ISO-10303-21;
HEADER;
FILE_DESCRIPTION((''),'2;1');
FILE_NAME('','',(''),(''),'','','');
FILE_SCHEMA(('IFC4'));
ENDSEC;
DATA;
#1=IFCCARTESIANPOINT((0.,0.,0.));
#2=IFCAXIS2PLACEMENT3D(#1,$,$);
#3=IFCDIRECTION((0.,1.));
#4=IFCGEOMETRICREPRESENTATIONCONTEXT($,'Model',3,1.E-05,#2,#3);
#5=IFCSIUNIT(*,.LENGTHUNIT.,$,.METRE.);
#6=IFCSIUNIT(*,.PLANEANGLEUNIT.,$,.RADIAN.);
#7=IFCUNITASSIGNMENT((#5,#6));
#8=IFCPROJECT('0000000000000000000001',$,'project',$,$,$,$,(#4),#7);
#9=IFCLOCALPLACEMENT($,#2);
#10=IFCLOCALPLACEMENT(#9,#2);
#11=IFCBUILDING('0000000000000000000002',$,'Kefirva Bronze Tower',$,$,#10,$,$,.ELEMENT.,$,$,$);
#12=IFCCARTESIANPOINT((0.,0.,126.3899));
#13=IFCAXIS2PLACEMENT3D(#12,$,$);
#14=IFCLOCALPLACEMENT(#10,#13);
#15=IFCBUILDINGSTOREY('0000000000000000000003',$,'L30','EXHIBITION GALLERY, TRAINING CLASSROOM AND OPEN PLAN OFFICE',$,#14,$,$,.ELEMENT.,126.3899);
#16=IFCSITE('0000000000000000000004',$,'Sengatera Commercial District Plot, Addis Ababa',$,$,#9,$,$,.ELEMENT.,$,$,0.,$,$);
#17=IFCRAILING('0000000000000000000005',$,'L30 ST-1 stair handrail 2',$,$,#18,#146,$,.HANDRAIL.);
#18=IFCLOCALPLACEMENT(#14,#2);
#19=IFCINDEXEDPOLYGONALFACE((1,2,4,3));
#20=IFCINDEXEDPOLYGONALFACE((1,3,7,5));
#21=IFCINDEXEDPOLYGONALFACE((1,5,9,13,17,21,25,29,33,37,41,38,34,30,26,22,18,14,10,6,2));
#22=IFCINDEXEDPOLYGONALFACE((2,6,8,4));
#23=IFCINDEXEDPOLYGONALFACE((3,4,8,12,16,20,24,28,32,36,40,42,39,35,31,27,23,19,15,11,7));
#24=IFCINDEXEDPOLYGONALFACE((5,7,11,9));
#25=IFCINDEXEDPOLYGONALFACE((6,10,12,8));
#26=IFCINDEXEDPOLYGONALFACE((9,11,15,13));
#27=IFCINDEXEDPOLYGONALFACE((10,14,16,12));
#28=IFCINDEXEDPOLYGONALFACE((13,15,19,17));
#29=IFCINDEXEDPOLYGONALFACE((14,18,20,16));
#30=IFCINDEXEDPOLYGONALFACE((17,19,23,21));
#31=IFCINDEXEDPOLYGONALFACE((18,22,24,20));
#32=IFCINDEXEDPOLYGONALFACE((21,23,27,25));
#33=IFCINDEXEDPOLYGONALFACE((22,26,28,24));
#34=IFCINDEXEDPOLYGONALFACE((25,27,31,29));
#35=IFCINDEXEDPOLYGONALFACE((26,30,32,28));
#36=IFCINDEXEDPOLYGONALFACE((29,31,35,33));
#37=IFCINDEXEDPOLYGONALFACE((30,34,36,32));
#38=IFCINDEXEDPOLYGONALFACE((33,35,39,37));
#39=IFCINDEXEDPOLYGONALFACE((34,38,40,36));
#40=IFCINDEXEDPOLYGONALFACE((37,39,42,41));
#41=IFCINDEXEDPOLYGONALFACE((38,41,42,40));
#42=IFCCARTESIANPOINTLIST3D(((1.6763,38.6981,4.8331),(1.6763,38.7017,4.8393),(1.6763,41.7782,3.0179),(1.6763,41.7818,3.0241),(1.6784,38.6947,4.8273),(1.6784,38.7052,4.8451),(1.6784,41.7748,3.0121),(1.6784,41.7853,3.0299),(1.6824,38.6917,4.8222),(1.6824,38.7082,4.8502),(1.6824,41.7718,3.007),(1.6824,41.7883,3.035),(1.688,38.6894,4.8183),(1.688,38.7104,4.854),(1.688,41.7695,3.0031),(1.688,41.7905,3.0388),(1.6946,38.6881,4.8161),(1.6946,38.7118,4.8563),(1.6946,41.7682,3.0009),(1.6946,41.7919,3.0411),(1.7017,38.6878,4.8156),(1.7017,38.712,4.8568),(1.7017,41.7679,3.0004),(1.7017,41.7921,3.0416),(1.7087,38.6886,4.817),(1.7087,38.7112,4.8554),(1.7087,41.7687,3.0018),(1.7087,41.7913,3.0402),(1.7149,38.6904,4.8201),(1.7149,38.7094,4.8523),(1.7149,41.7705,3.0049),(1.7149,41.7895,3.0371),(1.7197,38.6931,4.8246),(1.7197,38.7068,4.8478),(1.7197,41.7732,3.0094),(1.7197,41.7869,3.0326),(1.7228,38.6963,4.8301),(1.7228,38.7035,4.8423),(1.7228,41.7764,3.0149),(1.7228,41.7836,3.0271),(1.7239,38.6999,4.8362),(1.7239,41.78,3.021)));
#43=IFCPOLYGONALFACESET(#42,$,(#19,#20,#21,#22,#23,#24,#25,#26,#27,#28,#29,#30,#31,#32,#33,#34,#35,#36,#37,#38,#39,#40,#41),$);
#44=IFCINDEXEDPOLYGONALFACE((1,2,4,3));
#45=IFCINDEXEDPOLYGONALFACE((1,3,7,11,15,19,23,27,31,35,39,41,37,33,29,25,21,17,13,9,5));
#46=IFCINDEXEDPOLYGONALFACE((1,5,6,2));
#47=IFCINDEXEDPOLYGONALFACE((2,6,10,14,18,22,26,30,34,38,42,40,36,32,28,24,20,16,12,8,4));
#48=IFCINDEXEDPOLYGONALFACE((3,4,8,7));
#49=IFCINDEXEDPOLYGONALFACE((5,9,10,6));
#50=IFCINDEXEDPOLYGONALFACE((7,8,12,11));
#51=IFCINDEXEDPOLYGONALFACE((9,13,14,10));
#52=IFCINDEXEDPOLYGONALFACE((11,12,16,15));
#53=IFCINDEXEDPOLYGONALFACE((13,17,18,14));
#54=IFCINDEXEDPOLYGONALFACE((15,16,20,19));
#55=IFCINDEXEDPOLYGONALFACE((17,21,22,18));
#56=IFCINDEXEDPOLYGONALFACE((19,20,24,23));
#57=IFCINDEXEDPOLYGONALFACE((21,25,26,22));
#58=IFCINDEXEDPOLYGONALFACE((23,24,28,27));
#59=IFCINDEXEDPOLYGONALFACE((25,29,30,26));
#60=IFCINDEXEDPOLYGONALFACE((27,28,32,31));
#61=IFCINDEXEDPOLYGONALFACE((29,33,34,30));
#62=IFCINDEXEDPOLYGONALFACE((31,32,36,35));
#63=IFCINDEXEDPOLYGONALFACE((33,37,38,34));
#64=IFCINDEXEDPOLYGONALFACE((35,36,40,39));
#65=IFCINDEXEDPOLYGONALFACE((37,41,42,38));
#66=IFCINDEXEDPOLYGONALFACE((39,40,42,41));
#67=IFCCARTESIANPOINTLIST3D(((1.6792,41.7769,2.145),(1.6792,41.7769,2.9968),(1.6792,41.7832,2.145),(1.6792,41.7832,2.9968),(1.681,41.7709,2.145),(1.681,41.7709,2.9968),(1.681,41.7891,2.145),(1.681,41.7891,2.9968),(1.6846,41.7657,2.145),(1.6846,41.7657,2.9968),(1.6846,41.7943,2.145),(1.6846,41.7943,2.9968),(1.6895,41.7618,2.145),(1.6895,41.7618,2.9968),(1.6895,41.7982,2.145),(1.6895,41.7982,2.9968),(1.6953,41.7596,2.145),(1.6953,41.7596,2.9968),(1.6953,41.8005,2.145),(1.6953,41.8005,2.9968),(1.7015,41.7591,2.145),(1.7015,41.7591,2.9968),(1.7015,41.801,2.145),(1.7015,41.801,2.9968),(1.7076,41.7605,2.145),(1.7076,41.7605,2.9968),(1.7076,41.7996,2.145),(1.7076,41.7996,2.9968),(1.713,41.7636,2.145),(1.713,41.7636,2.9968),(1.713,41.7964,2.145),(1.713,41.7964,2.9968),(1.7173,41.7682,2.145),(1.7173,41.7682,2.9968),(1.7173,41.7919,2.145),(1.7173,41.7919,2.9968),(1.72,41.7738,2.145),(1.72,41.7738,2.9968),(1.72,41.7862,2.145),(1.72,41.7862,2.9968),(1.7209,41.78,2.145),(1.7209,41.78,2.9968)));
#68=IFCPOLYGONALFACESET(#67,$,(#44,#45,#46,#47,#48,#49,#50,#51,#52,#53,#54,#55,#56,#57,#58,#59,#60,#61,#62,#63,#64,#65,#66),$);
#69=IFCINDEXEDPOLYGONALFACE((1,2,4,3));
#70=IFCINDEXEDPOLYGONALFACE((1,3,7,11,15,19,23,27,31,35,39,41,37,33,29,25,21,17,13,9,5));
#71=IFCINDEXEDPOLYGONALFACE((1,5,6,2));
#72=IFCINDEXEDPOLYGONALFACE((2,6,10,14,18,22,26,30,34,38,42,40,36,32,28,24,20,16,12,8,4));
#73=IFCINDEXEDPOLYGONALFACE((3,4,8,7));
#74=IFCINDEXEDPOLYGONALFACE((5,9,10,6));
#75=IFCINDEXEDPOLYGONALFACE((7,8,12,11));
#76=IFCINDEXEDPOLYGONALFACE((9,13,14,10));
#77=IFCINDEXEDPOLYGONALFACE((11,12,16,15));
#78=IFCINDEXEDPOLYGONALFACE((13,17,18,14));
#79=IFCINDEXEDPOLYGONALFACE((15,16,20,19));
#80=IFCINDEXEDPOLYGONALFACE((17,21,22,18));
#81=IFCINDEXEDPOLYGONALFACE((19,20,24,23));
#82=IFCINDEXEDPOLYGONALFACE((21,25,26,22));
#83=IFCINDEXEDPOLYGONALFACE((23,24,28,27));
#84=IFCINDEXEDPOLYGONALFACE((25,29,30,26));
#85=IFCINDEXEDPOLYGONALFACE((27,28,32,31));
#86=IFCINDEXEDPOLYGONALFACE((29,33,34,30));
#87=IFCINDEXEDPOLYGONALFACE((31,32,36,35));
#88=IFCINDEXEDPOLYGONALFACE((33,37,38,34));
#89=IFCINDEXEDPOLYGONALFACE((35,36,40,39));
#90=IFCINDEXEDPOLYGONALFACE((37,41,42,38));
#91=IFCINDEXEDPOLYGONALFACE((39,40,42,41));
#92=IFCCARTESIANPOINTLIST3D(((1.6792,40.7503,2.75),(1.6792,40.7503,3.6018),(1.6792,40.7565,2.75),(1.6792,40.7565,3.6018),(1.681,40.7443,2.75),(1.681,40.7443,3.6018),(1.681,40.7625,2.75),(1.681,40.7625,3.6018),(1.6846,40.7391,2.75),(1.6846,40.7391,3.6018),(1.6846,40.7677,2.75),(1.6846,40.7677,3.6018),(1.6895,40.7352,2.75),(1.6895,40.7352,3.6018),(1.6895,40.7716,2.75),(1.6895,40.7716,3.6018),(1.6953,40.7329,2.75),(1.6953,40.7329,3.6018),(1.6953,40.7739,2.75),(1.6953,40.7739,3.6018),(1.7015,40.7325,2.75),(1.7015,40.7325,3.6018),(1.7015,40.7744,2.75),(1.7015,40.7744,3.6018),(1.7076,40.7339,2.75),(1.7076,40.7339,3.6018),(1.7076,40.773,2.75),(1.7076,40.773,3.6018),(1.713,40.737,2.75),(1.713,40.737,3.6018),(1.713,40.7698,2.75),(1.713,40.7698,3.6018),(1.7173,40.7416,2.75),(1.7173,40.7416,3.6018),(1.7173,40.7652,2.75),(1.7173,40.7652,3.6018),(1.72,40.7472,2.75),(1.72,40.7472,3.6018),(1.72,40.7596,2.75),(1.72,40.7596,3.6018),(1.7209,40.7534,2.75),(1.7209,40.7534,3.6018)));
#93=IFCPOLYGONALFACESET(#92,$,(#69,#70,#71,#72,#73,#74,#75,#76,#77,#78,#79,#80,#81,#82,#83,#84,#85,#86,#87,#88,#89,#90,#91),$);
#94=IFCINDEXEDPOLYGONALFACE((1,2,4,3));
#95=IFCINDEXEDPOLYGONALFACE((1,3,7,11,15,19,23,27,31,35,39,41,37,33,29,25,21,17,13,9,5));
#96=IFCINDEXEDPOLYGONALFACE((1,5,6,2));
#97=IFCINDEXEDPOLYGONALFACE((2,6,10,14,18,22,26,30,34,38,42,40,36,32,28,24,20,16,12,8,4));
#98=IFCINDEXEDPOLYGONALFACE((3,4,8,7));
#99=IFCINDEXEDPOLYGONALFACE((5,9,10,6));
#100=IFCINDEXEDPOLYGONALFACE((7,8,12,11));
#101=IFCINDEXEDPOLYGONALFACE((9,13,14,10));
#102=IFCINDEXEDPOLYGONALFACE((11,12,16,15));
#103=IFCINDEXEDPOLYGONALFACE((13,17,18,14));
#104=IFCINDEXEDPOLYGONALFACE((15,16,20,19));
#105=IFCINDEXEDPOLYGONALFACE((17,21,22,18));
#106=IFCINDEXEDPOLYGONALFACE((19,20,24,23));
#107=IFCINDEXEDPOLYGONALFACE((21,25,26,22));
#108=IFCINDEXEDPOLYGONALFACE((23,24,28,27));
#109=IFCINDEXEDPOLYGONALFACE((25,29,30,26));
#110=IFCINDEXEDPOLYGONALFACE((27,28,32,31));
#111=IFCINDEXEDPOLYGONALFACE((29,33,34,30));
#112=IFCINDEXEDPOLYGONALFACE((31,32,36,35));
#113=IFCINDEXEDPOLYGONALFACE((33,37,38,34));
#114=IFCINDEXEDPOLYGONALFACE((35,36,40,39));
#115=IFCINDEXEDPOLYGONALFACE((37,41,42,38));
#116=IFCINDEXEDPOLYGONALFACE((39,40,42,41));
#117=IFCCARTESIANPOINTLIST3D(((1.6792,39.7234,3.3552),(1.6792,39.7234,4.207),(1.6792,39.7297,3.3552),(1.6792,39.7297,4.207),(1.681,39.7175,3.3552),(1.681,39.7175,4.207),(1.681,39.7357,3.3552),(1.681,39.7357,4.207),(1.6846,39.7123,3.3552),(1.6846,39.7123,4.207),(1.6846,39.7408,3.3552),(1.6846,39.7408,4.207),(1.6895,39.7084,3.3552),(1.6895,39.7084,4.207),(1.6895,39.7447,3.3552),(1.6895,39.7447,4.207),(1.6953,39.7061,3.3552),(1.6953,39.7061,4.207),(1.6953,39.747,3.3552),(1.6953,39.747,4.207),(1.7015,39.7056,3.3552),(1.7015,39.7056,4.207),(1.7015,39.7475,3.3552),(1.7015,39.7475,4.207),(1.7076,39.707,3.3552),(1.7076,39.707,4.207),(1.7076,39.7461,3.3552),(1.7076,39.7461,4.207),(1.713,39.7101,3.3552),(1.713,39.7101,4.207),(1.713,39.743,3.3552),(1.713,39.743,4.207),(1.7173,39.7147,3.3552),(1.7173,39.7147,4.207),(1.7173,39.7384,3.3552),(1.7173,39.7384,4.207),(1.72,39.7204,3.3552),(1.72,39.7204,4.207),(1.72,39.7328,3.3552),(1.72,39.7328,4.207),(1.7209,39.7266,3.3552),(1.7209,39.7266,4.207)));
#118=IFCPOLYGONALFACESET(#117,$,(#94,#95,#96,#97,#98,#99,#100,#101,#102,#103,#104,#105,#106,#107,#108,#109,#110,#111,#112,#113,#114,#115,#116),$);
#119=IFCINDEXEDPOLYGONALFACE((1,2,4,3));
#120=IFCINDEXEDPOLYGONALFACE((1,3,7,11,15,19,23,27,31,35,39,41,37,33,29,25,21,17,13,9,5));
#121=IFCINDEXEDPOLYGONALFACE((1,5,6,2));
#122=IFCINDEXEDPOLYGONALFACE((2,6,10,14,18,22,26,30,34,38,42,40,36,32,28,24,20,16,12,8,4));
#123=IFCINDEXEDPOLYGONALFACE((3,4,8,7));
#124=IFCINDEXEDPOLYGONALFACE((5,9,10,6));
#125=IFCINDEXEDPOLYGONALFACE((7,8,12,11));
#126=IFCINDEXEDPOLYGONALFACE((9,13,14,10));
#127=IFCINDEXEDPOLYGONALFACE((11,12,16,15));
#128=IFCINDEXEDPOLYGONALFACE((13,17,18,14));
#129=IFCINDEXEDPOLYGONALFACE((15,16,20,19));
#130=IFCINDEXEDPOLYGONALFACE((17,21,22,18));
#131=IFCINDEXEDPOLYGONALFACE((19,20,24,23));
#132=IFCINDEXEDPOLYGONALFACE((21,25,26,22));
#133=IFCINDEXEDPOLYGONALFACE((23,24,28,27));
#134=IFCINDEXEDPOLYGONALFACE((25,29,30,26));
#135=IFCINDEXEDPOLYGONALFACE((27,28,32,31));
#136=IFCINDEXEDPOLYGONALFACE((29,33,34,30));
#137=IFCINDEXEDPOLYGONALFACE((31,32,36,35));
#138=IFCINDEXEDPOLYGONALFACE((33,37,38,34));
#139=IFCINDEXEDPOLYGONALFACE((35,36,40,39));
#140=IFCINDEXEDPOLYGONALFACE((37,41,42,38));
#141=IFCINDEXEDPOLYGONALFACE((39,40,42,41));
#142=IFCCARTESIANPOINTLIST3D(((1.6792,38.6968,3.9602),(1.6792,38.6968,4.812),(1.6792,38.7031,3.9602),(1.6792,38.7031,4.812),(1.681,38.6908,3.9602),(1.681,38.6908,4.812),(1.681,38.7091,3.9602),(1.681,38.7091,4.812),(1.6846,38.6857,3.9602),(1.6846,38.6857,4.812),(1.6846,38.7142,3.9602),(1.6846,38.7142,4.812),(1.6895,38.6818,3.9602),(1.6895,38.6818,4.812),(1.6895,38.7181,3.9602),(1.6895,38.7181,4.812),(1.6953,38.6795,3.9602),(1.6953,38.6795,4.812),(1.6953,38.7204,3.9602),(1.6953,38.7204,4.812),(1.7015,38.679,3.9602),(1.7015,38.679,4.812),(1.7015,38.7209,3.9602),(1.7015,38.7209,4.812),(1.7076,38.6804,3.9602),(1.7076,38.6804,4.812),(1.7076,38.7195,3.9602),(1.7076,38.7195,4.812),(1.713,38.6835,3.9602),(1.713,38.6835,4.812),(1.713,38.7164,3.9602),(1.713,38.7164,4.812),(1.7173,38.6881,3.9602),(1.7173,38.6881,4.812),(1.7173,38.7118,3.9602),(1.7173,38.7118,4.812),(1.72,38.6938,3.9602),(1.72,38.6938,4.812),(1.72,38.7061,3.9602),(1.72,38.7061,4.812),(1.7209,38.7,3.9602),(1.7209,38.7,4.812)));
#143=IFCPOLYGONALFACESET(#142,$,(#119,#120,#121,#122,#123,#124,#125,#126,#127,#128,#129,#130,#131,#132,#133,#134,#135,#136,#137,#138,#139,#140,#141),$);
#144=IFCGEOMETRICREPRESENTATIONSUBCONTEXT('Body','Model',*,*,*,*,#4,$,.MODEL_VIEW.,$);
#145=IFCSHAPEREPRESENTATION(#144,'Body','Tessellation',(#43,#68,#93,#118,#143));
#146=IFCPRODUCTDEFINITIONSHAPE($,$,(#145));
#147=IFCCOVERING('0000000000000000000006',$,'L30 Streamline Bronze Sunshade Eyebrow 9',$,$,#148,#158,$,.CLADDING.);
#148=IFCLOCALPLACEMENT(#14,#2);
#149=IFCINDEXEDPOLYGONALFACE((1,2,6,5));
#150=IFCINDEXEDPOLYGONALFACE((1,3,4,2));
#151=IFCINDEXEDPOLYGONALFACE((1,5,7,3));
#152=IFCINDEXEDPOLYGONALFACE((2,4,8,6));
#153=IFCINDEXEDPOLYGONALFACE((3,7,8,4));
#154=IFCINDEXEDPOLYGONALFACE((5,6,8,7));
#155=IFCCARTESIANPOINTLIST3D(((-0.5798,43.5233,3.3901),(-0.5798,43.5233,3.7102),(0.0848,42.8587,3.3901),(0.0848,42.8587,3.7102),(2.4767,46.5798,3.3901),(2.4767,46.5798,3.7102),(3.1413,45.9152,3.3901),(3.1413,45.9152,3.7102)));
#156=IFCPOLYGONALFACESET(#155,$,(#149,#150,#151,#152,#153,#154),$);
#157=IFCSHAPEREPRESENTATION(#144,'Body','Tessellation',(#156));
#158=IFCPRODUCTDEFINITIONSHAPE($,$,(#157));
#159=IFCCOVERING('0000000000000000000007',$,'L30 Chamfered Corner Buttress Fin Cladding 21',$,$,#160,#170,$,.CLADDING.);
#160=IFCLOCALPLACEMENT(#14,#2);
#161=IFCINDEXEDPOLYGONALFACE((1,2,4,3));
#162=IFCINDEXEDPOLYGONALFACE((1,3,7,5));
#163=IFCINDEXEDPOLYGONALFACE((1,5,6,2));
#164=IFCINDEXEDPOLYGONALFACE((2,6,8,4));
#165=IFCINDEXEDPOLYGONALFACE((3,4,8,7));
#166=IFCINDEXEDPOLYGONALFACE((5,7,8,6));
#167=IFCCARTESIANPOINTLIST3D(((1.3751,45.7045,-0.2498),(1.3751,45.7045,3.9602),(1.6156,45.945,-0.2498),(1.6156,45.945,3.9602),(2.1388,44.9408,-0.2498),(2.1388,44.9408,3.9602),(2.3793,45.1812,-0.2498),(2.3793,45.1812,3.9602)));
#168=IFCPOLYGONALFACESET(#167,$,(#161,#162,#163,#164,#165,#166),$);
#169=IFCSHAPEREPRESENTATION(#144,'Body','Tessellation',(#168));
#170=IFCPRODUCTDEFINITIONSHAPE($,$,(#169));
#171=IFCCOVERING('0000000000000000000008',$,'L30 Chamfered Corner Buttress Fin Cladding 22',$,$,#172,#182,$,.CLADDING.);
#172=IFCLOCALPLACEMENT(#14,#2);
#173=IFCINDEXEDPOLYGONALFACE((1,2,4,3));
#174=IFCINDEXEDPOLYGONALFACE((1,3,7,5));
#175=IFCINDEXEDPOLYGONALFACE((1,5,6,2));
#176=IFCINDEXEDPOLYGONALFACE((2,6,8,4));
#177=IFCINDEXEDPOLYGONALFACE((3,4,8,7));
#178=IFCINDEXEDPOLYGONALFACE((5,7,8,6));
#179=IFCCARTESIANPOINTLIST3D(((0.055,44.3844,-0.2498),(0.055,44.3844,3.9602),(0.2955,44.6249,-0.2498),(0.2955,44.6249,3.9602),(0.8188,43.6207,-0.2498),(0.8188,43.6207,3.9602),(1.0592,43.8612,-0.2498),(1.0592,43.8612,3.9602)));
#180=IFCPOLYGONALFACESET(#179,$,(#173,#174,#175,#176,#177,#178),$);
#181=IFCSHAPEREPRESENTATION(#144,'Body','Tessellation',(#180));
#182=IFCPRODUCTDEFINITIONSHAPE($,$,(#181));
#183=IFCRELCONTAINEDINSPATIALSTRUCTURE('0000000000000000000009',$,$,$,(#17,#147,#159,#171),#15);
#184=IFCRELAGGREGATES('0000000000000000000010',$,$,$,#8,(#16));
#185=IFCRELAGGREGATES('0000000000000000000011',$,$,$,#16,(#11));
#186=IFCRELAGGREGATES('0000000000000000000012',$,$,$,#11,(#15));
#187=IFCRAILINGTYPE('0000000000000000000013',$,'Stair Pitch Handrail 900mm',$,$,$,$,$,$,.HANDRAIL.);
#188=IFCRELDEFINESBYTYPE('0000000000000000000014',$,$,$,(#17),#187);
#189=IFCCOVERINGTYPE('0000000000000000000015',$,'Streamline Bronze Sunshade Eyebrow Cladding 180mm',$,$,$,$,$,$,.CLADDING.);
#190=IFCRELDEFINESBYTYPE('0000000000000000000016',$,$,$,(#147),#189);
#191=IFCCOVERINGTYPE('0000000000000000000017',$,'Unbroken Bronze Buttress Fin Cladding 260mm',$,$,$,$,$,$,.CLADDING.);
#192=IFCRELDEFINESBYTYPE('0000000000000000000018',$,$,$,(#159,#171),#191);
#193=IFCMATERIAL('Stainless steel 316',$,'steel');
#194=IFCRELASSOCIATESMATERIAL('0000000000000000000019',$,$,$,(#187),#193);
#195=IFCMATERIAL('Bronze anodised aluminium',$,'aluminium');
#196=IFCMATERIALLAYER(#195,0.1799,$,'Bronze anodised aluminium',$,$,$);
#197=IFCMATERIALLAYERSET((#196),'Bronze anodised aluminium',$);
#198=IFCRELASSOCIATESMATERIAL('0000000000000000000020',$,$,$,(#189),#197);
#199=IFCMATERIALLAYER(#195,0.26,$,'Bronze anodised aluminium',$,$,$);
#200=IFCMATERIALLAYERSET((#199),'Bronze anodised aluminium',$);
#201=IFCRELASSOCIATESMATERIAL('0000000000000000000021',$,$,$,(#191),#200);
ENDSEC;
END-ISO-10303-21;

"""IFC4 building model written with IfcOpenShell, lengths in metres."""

from ifc_helpers import new_model, si_unit, direction, frame, origin, origin_2d, place, context, subcontext, project, spatial, rectangle, circle, extrude, material, layer, layer_set, type_object, element, save


model = new_model("IFC4")

# Units and contexts
model_context = context("Model", 3, precision=1e-05, world=origin(), true_north=direction((0.0, 1.0)))
body_context = subcontext(model_context, "Body", "Model", "MODEL_VIEW")
ifc_project = project(units=[si_unit("LENGTHUNIT", "METRE"), si_unit("PLANEANGLEUNIT", "RADIAN")], contexts=[model_context])

# Site, building, storey
site_placement = place(None, origin())
site = spatial("IfcSite", under=ifc_project, at=site_placement, Name="Sengatera Commercial District Plot, Addis Ababa", CompositionType="ELEMENT", RefElevation=0.0)
building_placement = place(site_placement, origin())
building = spatial("IfcBuilding", under=site, at=building_placement, Name="Kefirva Bronze Tower", CompositionType="ELEMENT")
storey_placement = place(building_placement, frame((0.0, 0.0, 126.3899)))
storey = spatial("IfcBuildingStorey", under=building, at=storey_placement, Name="L30", Description="EXHIBITION GALLERY, TRAINING CLASSROOM AND OPEN PLAN OFFICE", CompositionType="ELEMENT", Elevation=126.3899)

# Shared definitions
ifc_material_1 = material(Name="Bronze anodised aluminium", Category="aluminium")

# Railing
ifc_material_2 = material(Name="Stainless steel 316", Category="steel")
railing_type_1 = type_object("IfcRailingType", Name="Stair Pitch Handrail 900mm", PredefinedType="HANDRAIL", material=ifc_material_2)
railing_1_placement = place(storey_placement, frame((1.7, 41.78, 2.145)))
element("IfcRailing", 1, at=railing_1_placement, inside=storey, type_object=railing_type_1, Name="L30 ST-1 stair handrail 2", PredefinedType="HANDRAIL", context=body_context, shape_type="SweptSolid", body=[
    extrude(circle(Radius=0.0239, at=origin_2d()), frame((0.0, 0.0, 0.876), z_axis=(0.0, -0.861521, 0.507721), x_axis=(1.0, 0.0, 0.0)), (0.0, 0.0, 1.0), 3.5752),
    extrude(circle(Radius=0.021, at=origin_2d()), origin(), (0.0, 0.0, 1.0), 0.8518),
    extrude(circle(Radius=0.021, at=origin_2d()), frame((0.0, -1.0266, 0.605)), (0.0, 0.0, 1.0), 0.8518),
    extrude(circle(Radius=0.021, at=origin_2d()), frame((0.0, -2.0535, 1.2102)), (0.0, 0.0, 1.0), 0.8518),
    extrude(circle(Radius=0.021, at=origin_2d()), frame((0.0, -3.0801, 1.8152)), (0.0, 0.0, 1.0), 0.8518),
])

# Coverings
ifc_layer_1 = layer(ifc_material_1, 0.1799, Name="Bronze anodised aluminium")
ifc_layer_set_1 = layer_set([ifc_layer_1], Name="Bronze anodised aluminium")
covering_type_1 = type_object("IfcCoveringType", Name="Streamline Bronze Sunshade Eyebrow Cladding 180mm", PredefinedType="CLADDING", material=ifc_layer_set_1)
covering_1_placement = place(storey_placement, frame((1.2808, 44.7192, 3.3901), z_axis=(0.0, 0.0, 1.0), x_axis=(-0.707107, -0.707107, 0.0)))
element("IfcCovering", 2, at=covering_1_placement, inside=storey, type_object=covering_type_1, Name="L30 Streamline Bronze Sunshade Eyebrow 9", PredefinedType="CLADDING", context=body_context, shape_type="SweptSolid", body=[
    extrude(rectangle(XDim=4.3225, YDim=0.9399, at=origin_2d()), origin(), (0.0, 0.0, 1.0), 0.3201),
])
ifc_layer_2 = layer(ifc_material_1, 0.26, Name="Bronze anodised aluminium")
ifc_layer_set_2 = layer_set([ifc_layer_2], Name="Bronze anodised aluminium")
covering_type_2 = type_object("IfcCoveringType", Name="Unbroken Bronze Buttress Fin Cladding 260mm", PredefinedType="CLADDING", material=ifc_layer_set_2)
for number, where, z_axis, x_axis, name in (
    (3, (1.8772, 45.4429, -0.2498), (0.0, 0.0, 1.0), (-0.707107, -0.707107, 0.0), "L30 Chamfered Corner Buttress Fin Cladding 21"),
    (4, (0.5571, 44.1228, -0.2498), (0.0, 0.0, 1.0), (-0.707107, -0.707107, 0.0), "L30 Chamfered Corner Buttress Fin Cladding 22"),
):
    element("IfcCovering", number, at=place(storey_placement, frame(where, z_axis=z_axis, x_axis=x_axis)), inside=storey, type_object=covering_type_2, Name=name, PredefinedType="CLADDING", context=body_context, shape_type="SweptSolid", body=[
        extrude(rectangle(XDim=0.3401, YDim=1.0801, at=origin_2d()), origin(), (0.0, 0.0, 1.0), 4.21),
    ])

save(model, "model.ifc")
